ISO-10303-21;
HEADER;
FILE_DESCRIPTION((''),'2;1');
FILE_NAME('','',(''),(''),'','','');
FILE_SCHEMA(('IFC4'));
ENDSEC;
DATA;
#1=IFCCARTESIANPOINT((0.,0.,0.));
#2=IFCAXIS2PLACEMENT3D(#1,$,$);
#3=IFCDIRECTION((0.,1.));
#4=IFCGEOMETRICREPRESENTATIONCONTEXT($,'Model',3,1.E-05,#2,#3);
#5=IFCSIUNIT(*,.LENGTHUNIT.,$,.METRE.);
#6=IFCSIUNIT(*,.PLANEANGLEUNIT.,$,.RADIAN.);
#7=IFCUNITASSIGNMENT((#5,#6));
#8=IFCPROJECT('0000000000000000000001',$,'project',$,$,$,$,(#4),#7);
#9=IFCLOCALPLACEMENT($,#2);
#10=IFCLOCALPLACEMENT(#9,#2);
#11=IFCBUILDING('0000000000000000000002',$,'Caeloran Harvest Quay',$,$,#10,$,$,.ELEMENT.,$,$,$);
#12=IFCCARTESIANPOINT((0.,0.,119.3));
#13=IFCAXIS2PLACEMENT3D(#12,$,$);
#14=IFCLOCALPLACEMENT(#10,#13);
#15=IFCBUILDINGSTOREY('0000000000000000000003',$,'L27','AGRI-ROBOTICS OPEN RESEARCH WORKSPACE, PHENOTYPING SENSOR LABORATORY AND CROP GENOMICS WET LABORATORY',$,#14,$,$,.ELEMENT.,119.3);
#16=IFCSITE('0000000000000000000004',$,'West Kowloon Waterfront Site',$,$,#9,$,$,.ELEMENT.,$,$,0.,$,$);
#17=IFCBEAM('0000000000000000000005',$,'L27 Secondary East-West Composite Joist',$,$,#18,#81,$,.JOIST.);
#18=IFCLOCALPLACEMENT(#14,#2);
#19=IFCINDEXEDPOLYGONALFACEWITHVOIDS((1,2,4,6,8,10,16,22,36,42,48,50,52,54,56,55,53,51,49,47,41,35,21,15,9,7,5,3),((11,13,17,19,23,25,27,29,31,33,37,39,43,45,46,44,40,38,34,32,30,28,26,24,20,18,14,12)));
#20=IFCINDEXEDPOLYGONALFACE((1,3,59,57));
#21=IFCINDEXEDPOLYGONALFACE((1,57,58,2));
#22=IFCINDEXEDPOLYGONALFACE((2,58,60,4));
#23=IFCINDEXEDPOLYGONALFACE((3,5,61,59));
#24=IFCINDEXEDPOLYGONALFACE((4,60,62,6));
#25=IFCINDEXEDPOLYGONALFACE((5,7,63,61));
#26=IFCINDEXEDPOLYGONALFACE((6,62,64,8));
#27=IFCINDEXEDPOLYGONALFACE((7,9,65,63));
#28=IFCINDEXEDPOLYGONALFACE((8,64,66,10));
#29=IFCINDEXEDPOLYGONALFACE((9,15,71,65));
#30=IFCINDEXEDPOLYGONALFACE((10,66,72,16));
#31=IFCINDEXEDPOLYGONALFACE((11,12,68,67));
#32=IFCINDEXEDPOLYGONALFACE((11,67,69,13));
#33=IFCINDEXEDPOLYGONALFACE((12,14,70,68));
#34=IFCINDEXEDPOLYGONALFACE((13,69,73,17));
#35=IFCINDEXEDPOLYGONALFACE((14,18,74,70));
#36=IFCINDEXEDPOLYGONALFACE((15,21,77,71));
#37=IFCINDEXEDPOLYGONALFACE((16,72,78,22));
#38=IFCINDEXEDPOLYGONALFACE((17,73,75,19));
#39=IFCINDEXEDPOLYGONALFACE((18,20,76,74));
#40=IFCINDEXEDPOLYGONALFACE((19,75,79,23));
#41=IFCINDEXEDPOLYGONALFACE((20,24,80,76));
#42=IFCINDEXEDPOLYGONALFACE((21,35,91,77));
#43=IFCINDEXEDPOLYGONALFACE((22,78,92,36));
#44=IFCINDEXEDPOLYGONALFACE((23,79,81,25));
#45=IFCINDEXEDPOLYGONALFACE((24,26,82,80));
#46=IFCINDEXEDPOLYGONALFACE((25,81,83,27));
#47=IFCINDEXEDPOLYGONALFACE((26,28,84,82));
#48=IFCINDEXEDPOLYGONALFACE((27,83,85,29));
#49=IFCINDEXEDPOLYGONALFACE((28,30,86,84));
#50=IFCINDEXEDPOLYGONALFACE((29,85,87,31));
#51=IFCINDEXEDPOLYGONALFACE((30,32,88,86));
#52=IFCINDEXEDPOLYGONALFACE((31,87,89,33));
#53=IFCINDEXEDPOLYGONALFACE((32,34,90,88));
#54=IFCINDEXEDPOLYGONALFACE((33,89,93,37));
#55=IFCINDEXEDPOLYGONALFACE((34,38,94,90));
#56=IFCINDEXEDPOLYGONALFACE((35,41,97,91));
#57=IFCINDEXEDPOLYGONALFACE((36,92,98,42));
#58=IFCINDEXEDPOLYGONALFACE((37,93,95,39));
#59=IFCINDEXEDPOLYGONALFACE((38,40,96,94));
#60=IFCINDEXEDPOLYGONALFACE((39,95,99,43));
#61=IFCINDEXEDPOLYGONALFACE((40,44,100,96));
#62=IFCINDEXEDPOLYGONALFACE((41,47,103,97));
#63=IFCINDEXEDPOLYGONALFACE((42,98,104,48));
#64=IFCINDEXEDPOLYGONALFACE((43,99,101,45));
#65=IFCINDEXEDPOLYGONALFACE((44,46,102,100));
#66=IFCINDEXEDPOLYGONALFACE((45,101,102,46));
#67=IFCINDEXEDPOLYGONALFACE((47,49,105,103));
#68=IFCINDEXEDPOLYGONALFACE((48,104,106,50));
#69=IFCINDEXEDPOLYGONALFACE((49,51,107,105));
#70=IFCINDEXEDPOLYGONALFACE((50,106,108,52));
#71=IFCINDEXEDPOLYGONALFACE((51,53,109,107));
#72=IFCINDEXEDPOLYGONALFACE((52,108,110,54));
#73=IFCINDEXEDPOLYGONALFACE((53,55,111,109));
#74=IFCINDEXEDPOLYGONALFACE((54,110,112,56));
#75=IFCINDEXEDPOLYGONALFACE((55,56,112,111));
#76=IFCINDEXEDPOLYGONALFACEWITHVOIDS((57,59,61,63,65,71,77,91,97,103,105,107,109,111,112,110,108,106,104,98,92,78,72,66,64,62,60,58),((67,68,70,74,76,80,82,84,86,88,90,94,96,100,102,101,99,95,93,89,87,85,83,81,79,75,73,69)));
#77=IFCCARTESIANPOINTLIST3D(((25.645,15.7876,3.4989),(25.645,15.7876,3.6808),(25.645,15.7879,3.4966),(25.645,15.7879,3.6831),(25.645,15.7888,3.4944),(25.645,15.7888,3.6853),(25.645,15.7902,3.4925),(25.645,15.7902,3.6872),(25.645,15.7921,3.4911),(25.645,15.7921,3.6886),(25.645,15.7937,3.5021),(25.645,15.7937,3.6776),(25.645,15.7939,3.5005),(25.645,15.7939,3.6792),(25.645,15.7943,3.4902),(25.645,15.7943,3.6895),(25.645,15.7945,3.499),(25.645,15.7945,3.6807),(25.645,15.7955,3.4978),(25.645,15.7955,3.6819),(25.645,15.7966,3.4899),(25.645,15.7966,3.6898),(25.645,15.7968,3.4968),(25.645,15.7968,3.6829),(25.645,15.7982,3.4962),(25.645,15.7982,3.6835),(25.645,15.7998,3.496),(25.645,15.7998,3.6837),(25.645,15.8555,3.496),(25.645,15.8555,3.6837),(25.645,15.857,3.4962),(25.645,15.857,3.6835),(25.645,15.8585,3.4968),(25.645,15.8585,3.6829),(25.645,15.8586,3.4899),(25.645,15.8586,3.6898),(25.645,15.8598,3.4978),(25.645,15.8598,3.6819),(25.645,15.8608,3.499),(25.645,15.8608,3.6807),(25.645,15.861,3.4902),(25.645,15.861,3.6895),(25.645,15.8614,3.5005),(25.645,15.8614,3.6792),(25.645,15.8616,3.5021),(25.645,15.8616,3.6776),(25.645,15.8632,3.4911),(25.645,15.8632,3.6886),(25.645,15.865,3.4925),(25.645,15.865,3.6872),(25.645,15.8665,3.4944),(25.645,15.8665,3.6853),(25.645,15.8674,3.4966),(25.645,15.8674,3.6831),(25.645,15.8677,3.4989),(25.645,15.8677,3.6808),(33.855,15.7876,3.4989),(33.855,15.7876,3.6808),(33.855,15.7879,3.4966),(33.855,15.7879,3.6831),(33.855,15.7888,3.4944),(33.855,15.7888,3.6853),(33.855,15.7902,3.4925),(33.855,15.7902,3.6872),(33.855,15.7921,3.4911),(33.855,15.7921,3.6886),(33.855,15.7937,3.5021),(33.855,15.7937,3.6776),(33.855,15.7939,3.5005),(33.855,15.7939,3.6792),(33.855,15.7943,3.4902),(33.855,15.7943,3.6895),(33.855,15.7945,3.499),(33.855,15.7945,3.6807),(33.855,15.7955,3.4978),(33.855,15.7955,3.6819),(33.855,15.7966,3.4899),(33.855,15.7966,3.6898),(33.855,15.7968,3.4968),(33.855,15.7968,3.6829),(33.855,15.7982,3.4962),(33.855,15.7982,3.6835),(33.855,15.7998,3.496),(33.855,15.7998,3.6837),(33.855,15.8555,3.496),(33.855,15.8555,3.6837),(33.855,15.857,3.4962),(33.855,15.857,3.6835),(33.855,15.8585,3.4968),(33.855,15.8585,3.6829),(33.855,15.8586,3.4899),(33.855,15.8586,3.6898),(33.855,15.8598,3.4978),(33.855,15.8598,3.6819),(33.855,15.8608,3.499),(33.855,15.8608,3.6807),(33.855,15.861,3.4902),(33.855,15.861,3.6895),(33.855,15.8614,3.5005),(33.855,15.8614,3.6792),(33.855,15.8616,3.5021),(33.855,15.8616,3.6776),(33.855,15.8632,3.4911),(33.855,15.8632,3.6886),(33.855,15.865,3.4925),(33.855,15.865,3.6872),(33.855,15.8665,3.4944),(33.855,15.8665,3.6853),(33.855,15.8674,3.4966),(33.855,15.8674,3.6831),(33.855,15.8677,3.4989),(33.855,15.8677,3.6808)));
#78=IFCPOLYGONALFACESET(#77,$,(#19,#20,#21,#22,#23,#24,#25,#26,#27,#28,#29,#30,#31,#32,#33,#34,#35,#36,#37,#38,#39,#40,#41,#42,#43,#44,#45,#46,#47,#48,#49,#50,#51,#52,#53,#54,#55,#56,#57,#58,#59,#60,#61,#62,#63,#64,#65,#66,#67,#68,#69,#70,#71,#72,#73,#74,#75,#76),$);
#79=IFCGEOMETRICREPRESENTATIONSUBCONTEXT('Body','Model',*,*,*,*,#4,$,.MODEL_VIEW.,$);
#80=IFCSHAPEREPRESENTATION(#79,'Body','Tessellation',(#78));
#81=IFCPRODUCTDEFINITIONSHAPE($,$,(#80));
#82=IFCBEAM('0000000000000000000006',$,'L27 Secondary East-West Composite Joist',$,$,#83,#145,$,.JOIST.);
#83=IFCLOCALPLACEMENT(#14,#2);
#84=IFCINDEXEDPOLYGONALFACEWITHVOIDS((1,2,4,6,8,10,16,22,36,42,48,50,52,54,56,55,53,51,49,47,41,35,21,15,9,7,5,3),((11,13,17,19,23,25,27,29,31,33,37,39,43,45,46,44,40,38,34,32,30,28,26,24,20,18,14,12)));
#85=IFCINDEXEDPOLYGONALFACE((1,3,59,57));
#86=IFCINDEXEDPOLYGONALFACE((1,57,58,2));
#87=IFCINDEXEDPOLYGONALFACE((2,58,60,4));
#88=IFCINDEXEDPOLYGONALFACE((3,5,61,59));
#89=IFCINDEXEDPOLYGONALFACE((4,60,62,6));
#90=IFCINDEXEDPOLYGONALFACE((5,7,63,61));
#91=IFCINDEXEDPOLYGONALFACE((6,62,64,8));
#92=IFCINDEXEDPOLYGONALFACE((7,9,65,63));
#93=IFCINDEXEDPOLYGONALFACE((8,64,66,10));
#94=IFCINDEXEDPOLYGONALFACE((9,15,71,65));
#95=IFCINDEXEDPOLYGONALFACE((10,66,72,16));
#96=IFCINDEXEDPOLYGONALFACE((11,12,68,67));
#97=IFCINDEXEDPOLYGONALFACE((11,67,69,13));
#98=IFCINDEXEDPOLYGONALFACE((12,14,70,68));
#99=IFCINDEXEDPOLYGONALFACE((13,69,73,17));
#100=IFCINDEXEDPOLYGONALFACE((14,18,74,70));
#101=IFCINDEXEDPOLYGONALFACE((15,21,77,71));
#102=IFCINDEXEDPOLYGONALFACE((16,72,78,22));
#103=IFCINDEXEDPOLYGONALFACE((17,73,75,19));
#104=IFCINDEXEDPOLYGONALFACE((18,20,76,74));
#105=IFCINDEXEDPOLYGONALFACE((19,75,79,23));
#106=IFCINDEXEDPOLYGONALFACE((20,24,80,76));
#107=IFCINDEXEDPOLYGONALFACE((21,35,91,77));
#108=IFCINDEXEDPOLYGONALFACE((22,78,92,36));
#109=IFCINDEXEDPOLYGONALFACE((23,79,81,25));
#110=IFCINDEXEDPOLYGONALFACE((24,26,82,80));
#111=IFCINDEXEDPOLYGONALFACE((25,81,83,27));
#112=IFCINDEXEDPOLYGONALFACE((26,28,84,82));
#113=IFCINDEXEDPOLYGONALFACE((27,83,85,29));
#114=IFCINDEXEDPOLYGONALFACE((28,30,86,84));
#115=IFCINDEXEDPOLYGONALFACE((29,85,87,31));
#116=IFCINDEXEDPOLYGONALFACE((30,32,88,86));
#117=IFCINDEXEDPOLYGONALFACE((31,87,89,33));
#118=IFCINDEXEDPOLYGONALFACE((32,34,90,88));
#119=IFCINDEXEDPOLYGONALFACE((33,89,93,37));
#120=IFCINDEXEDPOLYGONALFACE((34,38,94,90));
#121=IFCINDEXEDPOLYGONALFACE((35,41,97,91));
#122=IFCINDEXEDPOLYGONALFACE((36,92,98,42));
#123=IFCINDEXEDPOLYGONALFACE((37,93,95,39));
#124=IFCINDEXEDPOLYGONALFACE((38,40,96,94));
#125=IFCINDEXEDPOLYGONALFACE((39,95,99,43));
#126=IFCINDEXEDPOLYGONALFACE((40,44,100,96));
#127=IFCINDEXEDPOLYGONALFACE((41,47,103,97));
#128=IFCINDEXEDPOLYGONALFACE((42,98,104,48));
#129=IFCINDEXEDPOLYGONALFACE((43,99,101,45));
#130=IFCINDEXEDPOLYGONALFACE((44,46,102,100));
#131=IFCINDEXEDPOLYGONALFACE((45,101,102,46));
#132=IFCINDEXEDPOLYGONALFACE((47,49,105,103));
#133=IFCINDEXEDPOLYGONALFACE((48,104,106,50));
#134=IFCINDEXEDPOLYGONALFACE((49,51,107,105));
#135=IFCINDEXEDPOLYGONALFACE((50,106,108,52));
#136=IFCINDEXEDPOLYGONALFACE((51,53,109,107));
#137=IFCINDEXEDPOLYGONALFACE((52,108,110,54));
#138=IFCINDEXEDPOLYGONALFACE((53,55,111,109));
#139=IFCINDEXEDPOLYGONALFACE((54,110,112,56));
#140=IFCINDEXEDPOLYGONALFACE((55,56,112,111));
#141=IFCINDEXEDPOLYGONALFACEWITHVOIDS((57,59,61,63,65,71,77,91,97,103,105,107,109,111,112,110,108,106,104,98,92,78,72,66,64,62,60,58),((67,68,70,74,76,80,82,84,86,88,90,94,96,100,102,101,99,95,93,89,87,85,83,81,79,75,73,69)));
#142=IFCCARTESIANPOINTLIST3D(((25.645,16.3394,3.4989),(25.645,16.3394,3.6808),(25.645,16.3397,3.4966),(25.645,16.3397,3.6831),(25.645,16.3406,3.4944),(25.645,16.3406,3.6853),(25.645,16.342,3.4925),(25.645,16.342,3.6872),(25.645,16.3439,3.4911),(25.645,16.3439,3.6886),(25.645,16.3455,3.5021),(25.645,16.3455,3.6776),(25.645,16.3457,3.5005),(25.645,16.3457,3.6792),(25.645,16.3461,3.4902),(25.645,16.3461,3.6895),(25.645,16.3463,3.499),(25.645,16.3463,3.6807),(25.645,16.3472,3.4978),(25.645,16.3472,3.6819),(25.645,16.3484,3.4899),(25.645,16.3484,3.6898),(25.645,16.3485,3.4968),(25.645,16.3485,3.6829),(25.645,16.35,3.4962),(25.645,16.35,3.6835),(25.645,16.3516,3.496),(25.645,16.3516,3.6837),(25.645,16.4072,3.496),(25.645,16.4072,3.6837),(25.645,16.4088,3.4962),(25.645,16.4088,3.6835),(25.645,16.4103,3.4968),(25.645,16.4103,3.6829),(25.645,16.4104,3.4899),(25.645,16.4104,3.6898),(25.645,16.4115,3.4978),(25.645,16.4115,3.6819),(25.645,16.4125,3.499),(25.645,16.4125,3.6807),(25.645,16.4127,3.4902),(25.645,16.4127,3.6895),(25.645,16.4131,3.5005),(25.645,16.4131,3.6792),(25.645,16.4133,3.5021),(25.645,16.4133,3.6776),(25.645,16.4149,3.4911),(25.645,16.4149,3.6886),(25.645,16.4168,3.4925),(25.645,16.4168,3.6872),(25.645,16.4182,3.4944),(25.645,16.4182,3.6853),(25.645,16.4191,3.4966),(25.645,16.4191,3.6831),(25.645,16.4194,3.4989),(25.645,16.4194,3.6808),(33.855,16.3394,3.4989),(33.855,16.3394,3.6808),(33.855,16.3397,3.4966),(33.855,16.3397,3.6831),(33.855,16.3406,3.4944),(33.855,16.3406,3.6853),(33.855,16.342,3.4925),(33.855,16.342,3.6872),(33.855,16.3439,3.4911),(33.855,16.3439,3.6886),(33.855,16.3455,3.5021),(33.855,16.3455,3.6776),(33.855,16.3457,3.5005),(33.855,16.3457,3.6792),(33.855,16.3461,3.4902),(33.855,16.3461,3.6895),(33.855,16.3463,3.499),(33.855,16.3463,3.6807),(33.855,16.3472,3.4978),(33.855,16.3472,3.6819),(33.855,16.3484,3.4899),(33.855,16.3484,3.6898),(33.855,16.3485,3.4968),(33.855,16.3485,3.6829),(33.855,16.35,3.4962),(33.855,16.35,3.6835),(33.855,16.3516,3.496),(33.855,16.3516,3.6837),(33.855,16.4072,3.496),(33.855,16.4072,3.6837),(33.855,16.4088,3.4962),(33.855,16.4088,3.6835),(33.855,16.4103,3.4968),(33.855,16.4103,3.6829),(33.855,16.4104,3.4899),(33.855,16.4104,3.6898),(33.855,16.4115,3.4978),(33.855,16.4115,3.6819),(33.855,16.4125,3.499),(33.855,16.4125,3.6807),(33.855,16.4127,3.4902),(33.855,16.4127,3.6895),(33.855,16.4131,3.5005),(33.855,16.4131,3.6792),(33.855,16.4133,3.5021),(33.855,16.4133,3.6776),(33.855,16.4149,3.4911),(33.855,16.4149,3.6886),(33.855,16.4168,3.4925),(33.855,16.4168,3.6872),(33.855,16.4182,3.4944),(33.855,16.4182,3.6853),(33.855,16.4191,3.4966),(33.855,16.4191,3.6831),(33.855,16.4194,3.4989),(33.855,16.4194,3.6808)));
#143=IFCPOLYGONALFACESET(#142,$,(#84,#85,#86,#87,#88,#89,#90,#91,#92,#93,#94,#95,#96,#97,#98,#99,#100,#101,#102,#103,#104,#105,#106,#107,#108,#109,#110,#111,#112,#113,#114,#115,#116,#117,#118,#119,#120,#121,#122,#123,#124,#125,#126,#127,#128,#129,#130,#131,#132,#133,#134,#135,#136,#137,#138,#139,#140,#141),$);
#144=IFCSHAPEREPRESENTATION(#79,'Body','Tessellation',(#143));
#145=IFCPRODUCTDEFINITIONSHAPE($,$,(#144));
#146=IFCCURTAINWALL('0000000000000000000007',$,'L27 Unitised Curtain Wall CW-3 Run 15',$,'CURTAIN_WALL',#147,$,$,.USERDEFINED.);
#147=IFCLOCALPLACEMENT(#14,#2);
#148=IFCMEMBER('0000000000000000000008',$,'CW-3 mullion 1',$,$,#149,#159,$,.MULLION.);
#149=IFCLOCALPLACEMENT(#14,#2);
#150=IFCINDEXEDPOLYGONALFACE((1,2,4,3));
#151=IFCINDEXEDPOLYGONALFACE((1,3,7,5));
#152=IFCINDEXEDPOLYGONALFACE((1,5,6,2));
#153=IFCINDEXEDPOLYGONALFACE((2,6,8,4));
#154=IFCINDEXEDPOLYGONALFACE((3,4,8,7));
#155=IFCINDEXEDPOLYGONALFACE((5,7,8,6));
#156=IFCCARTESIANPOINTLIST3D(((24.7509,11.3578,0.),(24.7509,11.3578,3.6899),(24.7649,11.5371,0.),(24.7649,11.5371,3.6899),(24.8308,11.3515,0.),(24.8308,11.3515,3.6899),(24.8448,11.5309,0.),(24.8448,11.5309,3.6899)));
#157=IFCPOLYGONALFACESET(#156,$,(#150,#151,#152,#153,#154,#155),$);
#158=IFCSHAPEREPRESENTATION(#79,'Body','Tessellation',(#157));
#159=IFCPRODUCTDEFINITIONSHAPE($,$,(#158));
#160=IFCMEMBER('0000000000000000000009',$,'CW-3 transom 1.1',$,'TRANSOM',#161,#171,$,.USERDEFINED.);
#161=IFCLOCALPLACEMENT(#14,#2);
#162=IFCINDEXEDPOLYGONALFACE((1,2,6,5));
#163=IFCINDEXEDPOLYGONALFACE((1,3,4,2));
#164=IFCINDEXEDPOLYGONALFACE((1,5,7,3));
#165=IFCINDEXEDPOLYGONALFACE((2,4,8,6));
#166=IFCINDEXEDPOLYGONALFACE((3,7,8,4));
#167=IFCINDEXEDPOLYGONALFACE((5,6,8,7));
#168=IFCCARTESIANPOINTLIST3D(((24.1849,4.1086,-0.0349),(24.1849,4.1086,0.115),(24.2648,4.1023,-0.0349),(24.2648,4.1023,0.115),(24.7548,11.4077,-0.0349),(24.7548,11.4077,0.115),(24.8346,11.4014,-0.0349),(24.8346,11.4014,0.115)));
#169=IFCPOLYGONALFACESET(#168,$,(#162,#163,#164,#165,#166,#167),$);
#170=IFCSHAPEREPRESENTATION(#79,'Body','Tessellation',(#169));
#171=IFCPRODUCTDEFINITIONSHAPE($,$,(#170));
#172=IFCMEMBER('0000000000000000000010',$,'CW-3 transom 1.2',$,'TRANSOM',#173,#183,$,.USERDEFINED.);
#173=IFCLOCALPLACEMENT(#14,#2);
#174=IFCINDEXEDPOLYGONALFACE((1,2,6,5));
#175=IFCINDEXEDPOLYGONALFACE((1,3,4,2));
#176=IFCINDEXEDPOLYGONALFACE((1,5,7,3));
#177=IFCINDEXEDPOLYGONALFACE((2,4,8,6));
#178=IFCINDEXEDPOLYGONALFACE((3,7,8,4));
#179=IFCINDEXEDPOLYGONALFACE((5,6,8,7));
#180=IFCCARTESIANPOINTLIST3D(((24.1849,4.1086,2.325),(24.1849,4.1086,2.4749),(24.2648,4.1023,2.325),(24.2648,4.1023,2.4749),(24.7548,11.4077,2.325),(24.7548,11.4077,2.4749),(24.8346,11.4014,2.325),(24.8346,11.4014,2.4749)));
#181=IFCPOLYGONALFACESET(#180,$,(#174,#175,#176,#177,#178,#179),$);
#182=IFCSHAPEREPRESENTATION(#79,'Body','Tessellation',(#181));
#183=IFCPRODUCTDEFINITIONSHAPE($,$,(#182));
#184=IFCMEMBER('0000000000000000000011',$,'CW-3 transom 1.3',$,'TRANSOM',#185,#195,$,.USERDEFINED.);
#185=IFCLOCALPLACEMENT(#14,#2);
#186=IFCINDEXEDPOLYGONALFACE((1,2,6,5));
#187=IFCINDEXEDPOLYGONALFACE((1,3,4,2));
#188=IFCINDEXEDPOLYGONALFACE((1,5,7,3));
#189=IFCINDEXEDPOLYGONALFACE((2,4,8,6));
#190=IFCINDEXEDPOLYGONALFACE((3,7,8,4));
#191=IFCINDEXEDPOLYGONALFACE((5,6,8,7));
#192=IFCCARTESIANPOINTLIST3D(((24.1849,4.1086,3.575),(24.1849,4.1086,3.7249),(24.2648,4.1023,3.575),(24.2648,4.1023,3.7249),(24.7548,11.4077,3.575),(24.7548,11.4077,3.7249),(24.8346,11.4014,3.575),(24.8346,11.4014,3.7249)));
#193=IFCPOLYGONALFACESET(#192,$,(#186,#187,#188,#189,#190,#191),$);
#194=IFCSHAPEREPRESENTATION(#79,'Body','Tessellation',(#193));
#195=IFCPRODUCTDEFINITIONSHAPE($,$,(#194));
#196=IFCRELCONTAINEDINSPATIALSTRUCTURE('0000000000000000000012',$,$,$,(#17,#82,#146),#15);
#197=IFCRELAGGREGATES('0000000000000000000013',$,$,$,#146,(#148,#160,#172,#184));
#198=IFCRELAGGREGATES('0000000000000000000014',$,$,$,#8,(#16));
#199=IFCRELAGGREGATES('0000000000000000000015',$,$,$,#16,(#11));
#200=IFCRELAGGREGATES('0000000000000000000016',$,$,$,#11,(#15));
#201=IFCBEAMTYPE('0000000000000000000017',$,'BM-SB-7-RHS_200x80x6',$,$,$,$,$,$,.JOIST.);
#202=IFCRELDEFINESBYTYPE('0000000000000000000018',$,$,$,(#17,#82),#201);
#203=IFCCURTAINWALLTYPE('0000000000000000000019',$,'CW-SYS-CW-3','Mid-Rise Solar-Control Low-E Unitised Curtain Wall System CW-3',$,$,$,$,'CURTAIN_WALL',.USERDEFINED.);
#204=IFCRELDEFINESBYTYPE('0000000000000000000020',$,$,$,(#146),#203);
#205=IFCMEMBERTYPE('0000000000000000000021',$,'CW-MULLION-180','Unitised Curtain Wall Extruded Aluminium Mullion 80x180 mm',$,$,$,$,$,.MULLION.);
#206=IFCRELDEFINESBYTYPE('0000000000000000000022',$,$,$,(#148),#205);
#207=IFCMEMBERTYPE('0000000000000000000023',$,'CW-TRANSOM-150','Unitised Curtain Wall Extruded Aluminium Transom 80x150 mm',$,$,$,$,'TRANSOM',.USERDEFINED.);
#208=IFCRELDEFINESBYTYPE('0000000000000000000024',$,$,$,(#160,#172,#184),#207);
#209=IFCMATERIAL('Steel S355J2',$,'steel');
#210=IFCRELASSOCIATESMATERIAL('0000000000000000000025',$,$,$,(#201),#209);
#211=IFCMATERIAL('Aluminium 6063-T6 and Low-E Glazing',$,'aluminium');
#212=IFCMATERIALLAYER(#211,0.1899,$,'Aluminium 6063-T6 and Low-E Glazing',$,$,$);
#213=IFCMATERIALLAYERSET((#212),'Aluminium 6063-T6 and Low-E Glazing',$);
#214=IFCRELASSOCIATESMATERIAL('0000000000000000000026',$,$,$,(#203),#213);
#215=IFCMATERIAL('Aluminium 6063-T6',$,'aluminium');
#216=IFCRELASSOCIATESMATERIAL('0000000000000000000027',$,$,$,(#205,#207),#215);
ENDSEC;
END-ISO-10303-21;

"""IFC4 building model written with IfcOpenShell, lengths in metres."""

from ifc_helpers import new_model, si_unit, direction, frame, origin, origin_2d, place, context, subcontext, project, spatial, rectangle, hollow_rectangle, extrude, material, layer, layer_set, material_profile, profile_set, type_object, element, aggregate, save


model = new_model("IFC4")

# Units and contexts
model_context = context("Model", 3, precision=1e-05, world=origin(), true_north=direction((0.0, 1.0)))
body_context = subcontext(model_context, "Body", "Model", "MODEL_VIEW")
ifc_project = project(units=[si_unit("LENGTHUNIT", "METRE"), si_unit("PLANEANGLEUNIT", "RADIAN")], contexts=[model_context])

# Site, building, storey
site_placement = place(None, origin())
site = spatial("IfcSite", under=ifc_project, at=site_placement, Name="West Kowloon Waterfront Site", CompositionType="ELEMENT", RefElevation=0.0)
building_placement = place(site_placement, origin())
building = spatial("IfcBuilding", under=site, at=building_placement, Name="Caeloran Harvest Quay", CompositionType="ELEMENT")
storey_placement = place(building_placement, frame((0.0, 0.0, 119.3)))
storey = spatial("IfcBuildingStorey", under=building, at=storey_placement, Name="L27", Description="AGRI-ROBOTICS OPEN RESEARCH WORKSPACE, PHENOTYPING SENSOR LABORATORY AND CROP GENOMICS WET LABORATORY", CompositionType="ELEMENT", Elevation=119.3)

# Beams
ifc_material_1 = material(Name="Steel S355J2", Category="steel")
ifc_material_profile_1 = material_profile(ifc_material_1, hollow_rectangle(XDim=0.0801, YDim=0.2, WallThickness=0.0061, InnerFilletRadius=0.0061, OuterFilletRadius=0.009, at=origin_2d()), Name="RHS 200x80x6")
ifc_profile_set_1 = profile_set([ifc_material_profile_1], Name="Steel S355J2")
beam_type_1 = type_object("IfcBeamType", Name="BM-SB-7-RHS_200x80x6", PredefinedType="JOIST", material=ifc_profile_set_1)
for number, where, z_axis, x_axis, name in (
    (1, (25.645, 15.8276, 3.5898), (1.0, 0.0, 0.0), (0.0, 1.0, 0.0), "L27 Secondary East-West Composite Joist"),
    (2, (25.645, 16.3794, 3.5898), (1.0, 0.0, 0.0), (0.0, 1.0, 0.0), "L27 Secondary East-West Composite Joist"),
):
    element("IfcBeam", number, at=place(storey_placement, frame(where, z_axis=z_axis, x_axis=x_axis)), inside=storey, type_object=beam_type_1, Name=name, PredefinedType="JOIST", context=body_context, shape_type="SweptSolid", body=[
        extrude(hollow_rectangle(XDim=0.0801, YDim=0.2, WallThickness=0.0061, InnerFilletRadius=0.0061, OuterFilletRadius=0.009, at=origin_2d()), origin(), (0.0, 0.0, 1.0), 8.21),
    ])

# Curtain wall, members
ifc_material_2 = material(Name="Aluminium 6063-T6 and Low-E Glazing", Category="aluminium")
ifc_layer_1 = layer(ifc_material_2, 0.1899, Name="Aluminium 6063-T6 and Low-E Glazing")
ifc_layer_set_1 = layer_set([ifc_layer_1], Name="Aluminium 6063-T6 and Low-E Glazing")
curtain_wall_type = type_object("IfcCurtainWallType", Name="CW-SYS-CW-3", Description="Mid-Rise Solar-Control Low-E Unitised Curtain Wall System CW-3", ElementType="CURTAIN_WALL", PredefinedType="USERDEFINED", material=ifc_layer_set_1)
curtain_wall_placement = place(storey_placement, origin())
curtain_wall = element("IfcCurtainWall", 3, at=curtain_wall_placement, inside=storey, type_object=curtain_wall_type, Name="L27 Unitised Curtain Wall CW-3 Run 15", ObjectType="CURTAIN_WALL", PredefinedType="USERDEFINED")
ifc_material_3 = material(Name="Aluminium 6063-T6", Category="aluminium")
ifc_material_profile_2 = material_profile(ifc_material_3, rectangle(XDim=0.0801, YDim=0.1799, at=origin_2d()), Name="CW-MULLION-180")
ifc_profile_set_2 = profile_set([ifc_material_profile_2], Name="Aluminium 6063-T6")
member_type_1 = type_object("IfcMemberType", Name="CW-MULLION-180", Description="Unitised Curtain Wall Extruded Aluminium Mullion 80x180 mm", PredefinedType="MULLION", material=ifc_profile_set_2)
member_1_placement = place(storey_placement, frame((24.7979, 11.4443, 0.0), z_axis=(0.0, 0.0, 1.0), x_axis=(0.996967, -0.077822, 0.0)))
member_1 = element("IfcMember", 4, at=member_1_placement, type_object=member_type_1, Name="CW-3 mullion 1", PredefinedType="MULLION", context=body_context, shape_type="SweptSolid", body=[
    extrude(rectangle(XDim=0.0801, YDim=0.1799, at=origin_2d()), origin(), (0.0, 0.0, 1.0), 3.6899),
])
ifc_material_profile_3 = material_profile(ifc_material_3, rectangle(XDim=0.0801, YDim=0.1499, at=origin_2d()), Name="CW-TRANSOM-150")
ifc_profile_set_3 = profile_set([ifc_material_profile_3], Name="Aluminium 6063-T6")
member_type_2 = type_object("IfcMemberType", Name="CW-TRANSOM-150", Description="Unitised Curtain Wall Extruded Aluminium Transom 80x150 mm", ElementType="TRANSOM", PredefinedType="USERDEFINED", material=ifc_profile_set_3)
member_2_placement = place(storey_placement, frame((24.7947, 11.4045, 0.04), z_axis=(-0.077831, -0.996967, 0.0), x_axis=(0.996967, -0.077831, 0.0)))
member_2 = element("IfcMember", 5, at=member_2_placement, type_object=member_type_2, Name="CW-3 transom 1.1", ObjectType="TRANSOM", PredefinedType="USERDEFINED", context=body_context, shape_type="SweptSolid", body=[
    extrude(rectangle(XDim=0.0801, YDim=0.1499, at=origin_2d()), origin(), (0.0, 0.0, 1.0), 7.3213),
])
member_3_placement = place(storey_placement, frame((24.7947, 11.4045, 2.3999), z_axis=(-0.077831, -0.996967, 0.0), x_axis=(0.996967, -0.077831, 0.0)))
member_3 = element("IfcMember", 6, at=member_3_placement, type_object=member_type_2, Name="CW-3 transom 1.2", ObjectType="TRANSOM", PredefinedType="USERDEFINED", context=body_context, shape_type="SweptSolid", body=[
    extrude(rectangle(XDim=0.0801, YDim=0.1499, at=origin_2d()), origin(), (0.0, 0.0, 1.0), 7.3213),
])
member_4_placement = place(storey_placement, frame((24.7947, 11.4045, 3.6499), z_axis=(-0.077831, -0.996967, 0.0), x_axis=(0.996967, -0.077831, 0.0)))
member_4 = element("IfcMember", 7, at=member_4_placement, type_object=member_type_2, Name="CW-3 transom 1.3", ObjectType="TRANSOM", PredefinedType="USERDEFINED", context=body_context, shape_type="SweptSolid", body=[
    extrude(rectangle(XDim=0.0801, YDim=0.1499, at=origin_2d()), origin(), (0.0, 0.0, 1.0), 7.3213),
])
aggregate(curtain_wall, [member_1, member_2, member_3, member_4])

save(model, "model.ifc")
